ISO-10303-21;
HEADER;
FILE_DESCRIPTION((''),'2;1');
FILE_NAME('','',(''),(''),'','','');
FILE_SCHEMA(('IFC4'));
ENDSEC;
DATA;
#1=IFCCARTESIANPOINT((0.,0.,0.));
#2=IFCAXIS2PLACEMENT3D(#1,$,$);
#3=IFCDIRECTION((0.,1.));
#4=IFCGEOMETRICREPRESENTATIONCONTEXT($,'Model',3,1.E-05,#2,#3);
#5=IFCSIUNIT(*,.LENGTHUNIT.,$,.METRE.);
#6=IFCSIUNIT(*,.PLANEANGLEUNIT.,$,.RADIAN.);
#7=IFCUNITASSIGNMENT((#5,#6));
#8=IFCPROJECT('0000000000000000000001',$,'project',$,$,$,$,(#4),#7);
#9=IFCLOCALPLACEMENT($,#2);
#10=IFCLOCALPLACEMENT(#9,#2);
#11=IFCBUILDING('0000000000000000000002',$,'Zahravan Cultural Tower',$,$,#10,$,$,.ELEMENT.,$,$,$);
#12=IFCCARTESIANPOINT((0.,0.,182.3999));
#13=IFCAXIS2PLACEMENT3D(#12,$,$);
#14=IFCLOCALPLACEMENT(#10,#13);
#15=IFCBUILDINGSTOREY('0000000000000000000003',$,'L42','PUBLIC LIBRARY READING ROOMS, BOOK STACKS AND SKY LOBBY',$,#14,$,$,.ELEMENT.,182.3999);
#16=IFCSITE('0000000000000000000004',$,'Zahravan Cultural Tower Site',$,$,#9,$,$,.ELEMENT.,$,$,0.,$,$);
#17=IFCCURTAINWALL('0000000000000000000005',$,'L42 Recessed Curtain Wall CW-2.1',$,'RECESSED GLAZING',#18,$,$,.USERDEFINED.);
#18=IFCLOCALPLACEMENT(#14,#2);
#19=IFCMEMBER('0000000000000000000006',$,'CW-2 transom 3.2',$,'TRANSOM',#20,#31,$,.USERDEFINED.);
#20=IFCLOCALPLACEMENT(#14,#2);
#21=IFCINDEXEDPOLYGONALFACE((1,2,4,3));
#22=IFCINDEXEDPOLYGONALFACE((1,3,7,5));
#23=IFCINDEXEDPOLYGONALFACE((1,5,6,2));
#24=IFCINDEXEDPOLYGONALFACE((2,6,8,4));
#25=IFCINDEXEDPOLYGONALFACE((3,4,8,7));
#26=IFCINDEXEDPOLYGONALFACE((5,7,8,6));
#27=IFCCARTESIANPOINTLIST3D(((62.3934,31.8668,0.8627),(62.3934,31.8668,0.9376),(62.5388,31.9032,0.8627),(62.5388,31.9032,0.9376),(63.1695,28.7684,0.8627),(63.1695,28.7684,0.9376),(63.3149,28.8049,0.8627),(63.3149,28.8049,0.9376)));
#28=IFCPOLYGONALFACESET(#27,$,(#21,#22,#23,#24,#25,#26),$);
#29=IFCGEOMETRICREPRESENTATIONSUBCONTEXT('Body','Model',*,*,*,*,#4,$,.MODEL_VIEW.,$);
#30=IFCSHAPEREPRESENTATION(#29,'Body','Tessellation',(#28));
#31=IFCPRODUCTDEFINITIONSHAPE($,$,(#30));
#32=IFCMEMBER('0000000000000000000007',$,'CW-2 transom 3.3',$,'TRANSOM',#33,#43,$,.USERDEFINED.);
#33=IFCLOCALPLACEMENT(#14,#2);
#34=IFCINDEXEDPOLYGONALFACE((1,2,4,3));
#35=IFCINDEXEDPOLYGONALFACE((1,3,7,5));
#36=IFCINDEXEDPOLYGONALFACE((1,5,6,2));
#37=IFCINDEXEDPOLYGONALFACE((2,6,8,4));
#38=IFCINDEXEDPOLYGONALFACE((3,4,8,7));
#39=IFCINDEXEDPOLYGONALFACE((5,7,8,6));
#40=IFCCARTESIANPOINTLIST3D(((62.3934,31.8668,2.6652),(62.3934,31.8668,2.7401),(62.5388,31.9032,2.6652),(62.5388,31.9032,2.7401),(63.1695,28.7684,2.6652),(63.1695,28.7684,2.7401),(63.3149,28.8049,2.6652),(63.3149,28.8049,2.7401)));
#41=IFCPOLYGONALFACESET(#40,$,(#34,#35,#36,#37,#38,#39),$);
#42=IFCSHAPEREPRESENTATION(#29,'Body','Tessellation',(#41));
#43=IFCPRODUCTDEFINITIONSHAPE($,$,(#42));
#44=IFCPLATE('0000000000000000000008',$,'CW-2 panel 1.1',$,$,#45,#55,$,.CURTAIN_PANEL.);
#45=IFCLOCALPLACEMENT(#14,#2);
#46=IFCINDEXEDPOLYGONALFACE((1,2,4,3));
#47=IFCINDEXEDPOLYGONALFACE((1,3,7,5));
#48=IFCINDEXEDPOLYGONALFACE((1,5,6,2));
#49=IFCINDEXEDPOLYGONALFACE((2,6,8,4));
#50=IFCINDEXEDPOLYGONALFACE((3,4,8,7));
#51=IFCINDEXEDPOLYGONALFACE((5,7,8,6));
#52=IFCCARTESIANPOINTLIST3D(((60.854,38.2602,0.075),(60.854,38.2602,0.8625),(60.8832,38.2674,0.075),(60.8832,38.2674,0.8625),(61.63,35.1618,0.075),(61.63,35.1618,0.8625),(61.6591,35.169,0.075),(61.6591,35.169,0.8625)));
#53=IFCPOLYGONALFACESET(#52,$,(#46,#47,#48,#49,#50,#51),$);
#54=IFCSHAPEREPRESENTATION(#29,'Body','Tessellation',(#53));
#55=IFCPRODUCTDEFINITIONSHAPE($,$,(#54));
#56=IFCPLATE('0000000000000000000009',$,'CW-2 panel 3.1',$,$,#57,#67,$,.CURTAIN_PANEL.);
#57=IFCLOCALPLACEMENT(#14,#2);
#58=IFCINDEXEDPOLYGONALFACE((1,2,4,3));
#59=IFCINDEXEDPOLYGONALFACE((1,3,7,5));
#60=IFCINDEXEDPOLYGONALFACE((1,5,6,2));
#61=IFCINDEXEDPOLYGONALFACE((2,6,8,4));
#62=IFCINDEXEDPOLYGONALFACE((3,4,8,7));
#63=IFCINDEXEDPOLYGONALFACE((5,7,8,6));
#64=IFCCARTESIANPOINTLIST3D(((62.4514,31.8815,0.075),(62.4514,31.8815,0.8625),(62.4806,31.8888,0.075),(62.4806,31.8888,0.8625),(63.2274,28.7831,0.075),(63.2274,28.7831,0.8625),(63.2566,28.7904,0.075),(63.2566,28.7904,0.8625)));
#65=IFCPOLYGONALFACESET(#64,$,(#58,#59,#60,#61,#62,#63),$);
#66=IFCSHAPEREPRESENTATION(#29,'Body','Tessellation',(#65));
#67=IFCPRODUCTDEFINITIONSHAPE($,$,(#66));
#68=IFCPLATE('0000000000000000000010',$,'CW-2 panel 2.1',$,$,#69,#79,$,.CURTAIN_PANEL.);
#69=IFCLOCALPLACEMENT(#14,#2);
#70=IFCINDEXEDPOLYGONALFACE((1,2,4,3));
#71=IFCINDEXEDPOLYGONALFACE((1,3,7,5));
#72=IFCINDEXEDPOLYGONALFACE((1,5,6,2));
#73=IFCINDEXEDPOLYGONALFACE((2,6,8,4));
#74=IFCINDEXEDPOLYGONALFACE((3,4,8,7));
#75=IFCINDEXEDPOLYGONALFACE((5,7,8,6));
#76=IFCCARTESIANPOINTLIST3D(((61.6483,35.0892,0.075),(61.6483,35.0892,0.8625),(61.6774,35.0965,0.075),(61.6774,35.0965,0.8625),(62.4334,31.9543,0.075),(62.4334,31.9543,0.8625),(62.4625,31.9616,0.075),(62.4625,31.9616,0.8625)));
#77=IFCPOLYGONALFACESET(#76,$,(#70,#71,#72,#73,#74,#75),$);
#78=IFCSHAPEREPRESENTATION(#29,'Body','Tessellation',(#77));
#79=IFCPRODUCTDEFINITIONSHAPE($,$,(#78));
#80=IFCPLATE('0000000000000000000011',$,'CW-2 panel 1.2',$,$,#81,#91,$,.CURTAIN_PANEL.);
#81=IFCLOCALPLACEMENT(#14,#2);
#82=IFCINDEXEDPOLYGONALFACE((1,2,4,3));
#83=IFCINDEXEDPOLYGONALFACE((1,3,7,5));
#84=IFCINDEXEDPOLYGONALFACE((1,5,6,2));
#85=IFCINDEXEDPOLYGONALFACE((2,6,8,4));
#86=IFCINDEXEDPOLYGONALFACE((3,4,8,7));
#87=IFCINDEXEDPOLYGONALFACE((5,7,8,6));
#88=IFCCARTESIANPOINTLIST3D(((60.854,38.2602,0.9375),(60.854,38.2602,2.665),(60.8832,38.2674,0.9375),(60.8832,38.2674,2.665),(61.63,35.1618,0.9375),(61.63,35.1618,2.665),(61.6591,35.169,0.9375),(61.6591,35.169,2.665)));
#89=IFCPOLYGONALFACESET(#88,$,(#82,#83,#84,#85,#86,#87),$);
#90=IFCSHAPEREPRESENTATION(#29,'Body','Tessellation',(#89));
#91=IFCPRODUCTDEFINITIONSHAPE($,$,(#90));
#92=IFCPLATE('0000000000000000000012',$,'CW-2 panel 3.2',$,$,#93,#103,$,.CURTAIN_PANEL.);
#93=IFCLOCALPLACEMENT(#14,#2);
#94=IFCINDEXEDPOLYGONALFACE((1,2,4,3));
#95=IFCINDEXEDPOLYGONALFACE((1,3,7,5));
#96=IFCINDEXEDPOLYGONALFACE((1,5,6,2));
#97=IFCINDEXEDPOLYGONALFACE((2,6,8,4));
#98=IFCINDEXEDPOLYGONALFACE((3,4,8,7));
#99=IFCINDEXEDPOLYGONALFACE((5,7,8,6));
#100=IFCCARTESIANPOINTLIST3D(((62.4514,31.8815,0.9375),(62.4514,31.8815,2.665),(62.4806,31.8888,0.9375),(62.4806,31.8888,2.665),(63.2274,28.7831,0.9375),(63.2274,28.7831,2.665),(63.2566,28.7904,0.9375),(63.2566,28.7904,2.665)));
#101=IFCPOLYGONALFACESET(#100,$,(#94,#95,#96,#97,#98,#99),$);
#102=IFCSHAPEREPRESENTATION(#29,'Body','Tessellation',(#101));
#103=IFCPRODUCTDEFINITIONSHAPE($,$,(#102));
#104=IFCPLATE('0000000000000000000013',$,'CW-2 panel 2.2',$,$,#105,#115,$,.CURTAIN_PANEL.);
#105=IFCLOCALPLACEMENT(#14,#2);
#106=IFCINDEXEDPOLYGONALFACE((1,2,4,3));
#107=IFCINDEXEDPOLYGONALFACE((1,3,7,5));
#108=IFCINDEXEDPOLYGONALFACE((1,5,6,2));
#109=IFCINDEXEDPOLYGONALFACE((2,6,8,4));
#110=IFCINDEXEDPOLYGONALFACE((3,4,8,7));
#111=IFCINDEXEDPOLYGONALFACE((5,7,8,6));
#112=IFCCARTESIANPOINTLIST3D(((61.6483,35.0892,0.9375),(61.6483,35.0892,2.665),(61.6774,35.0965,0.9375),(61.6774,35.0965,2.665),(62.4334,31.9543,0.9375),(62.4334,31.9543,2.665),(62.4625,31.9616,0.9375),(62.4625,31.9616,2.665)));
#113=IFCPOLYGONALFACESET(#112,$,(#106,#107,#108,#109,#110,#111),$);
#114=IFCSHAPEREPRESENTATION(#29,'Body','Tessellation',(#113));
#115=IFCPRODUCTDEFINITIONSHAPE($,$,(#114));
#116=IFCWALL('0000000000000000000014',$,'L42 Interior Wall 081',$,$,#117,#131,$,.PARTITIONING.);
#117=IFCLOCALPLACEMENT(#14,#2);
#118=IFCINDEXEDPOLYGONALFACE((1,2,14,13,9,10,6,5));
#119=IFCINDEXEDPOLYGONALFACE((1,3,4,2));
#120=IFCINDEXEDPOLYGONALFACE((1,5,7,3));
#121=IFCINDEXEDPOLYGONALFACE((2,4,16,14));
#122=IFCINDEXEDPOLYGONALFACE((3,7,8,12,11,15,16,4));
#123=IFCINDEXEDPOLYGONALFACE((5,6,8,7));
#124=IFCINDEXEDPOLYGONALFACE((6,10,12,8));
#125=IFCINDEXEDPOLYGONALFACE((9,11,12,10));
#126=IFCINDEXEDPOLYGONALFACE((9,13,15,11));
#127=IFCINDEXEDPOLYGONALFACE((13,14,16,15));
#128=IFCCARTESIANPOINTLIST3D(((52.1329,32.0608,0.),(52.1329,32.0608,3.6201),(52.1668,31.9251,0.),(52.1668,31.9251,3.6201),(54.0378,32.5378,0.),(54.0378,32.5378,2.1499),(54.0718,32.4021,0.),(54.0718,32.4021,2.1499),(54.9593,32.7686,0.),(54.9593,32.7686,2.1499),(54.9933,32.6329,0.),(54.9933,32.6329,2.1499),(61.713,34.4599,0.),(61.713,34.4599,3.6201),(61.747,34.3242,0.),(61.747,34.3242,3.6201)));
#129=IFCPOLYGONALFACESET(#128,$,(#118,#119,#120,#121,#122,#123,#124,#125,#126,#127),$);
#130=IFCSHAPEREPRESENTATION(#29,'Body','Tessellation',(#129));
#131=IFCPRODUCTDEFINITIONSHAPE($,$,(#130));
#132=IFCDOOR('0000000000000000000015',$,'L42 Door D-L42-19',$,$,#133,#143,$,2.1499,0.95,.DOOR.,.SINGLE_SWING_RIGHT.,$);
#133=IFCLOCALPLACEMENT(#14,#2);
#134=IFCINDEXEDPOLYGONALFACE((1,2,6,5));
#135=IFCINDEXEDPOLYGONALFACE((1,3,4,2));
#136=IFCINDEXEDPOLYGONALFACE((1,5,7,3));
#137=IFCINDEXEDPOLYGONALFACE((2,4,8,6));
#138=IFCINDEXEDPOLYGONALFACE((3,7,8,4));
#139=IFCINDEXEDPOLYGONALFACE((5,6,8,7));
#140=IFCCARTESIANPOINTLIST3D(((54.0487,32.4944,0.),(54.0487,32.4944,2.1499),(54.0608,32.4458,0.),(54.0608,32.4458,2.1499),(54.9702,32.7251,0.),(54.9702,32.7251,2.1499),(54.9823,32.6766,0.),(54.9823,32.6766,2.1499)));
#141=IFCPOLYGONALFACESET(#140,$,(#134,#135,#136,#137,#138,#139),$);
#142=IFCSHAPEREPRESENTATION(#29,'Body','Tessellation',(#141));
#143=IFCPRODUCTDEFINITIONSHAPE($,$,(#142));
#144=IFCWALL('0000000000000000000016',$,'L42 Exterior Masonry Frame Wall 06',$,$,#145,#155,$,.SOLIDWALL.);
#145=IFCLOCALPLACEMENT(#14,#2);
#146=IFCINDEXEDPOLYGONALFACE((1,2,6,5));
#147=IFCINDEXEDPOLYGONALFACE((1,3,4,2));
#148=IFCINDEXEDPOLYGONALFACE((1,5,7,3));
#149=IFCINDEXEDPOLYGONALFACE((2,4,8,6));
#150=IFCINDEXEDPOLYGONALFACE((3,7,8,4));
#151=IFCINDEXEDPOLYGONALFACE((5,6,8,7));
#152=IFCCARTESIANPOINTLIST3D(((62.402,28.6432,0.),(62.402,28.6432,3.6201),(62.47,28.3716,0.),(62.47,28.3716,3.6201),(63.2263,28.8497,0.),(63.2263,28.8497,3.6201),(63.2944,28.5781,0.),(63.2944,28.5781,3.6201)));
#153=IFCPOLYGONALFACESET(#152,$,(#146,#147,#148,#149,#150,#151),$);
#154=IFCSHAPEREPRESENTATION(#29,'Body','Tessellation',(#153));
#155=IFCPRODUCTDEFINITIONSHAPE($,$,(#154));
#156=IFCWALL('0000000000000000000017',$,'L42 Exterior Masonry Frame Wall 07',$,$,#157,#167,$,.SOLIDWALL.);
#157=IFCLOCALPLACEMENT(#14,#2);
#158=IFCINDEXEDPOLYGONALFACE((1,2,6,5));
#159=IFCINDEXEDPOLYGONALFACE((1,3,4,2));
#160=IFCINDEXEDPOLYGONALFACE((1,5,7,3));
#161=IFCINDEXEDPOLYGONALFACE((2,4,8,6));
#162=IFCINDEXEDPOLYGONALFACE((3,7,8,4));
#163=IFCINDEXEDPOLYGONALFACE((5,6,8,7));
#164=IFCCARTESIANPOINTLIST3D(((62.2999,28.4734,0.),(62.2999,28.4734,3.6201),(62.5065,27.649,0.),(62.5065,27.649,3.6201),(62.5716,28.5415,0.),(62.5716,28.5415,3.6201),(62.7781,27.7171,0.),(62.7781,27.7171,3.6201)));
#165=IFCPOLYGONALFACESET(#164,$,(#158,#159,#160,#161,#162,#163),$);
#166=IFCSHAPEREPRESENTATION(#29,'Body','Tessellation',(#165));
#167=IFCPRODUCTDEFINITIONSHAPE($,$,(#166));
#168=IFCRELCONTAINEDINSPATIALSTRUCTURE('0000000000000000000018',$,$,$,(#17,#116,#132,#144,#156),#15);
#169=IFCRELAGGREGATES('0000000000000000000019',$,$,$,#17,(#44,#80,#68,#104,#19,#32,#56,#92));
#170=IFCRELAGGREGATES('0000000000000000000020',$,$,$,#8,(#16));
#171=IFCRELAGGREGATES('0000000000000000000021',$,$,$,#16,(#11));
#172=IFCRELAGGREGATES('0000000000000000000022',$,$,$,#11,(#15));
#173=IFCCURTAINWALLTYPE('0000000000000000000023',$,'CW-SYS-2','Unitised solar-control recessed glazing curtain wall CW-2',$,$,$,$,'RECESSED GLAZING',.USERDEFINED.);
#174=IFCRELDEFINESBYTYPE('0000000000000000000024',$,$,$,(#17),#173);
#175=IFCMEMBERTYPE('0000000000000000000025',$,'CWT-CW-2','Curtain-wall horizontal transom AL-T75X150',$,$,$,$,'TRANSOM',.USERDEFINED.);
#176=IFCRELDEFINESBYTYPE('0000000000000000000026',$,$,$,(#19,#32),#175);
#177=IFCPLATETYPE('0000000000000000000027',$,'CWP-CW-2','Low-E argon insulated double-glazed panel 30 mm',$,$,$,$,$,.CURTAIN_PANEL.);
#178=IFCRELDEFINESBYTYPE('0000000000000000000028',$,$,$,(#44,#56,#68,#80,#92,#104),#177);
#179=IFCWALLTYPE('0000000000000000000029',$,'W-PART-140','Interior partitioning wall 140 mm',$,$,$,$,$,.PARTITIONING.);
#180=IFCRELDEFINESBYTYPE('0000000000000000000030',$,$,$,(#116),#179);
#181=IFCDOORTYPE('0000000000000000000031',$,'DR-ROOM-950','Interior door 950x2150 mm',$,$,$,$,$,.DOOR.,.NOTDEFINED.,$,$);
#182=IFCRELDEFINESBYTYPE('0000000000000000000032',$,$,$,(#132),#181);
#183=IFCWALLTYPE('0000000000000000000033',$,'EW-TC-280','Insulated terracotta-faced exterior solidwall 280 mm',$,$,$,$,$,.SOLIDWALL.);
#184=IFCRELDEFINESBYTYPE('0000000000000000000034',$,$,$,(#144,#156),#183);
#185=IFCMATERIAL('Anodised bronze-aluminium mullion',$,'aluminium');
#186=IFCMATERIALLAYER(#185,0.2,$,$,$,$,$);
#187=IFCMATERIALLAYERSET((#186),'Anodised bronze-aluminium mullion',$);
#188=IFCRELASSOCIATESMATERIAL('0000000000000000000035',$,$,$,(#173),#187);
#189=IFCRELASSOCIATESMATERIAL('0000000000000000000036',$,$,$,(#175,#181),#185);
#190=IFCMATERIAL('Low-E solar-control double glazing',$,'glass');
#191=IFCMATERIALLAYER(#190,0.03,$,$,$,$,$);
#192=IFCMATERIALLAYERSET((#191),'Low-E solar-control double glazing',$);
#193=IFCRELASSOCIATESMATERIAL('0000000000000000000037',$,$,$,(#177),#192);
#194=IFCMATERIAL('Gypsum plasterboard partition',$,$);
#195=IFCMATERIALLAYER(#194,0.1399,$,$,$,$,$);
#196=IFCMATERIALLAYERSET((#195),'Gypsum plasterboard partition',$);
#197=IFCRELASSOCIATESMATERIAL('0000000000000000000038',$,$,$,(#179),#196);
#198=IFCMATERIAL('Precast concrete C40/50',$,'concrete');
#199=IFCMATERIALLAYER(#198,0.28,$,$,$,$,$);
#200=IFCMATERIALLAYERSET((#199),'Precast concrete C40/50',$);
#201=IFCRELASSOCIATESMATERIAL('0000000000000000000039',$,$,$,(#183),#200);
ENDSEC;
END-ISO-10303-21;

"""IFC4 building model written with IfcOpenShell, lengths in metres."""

from ifc_helpers import new_model, si_unit, direction, frame, frame_2d, origin, origin_2d, place, context, subcontext, project, spatial, rectangle, extrude, source, transform, mapped, material, layer, layer_set, material_profile, profile_set, type_object, element, fill, aggregate, save


model = new_model("IFC4")

# Units and contexts
model_context = context("Model", 3, precision=1e-05, world=origin(), true_north=direction((0.0, 1.0)))
body_context = subcontext(model_context, "Body", "Model", "MODEL_VIEW")
ifc_project = project(units=[si_unit("LENGTHUNIT", "METRE"), si_unit("PLANEANGLEUNIT", "RADIAN")], contexts=[model_context])

# Site, building, storey
site_placement = place(None, origin())
site = spatial("IfcSite", under=ifc_project, at=site_placement, Name="Zahravan Cultural Tower Site", CompositionType="ELEMENT", RefElevation=0.0)
building_placement = place(site_placement, origin())
building = spatial("IfcBuilding", under=site, at=building_placement, Name="Zahravan Cultural Tower", CompositionType="ELEMENT")
storey_placement = place(building_placement, frame((0.0, 0.0, 182.3999)))
storey = spatial("IfcBuildingStorey", under=building, at=storey_placement, Name="L42", Description="PUBLIC LIBRARY READING ROOMS, BOOK STACKS AND SKY LOBBY", CompositionType="ELEMENT", Elevation=182.3999)

# Curtain wall, members, plates
ifc_material_1 = material(Name="Anodised bronze-aluminium mullion", Category="aluminium")
ifc_layer_1 = layer(ifc_material_1, 0.2)
ifc_layer_set_1 = layer_set([ifc_layer_1], Name="Anodised bronze-aluminium mullion")
curtain_wall_type = type_object("IfcCurtainWallType", Name="CW-SYS-2", Description="Unitised solar-control recessed glazing curtain wall CW-2", ElementType="RECESSED GLAZING", PredefinedType="USERDEFINED", material=ifc_layer_set_1)
curtain_wall_placement = place(storey_placement, origin())
curtain_wall = element("IfcCurtainWall", 1, at=curtain_wall_placement, inside=storey, type_object=curtain_wall_type, Name="L42 Recessed Curtain Wall CW-2.1", ObjectType="RECESSED GLAZING", PredefinedType="USERDEFINED")
ifc_material_profile_1 = material_profile(ifc_material_1, rectangle(XDim=0.1499, YDim=0.075, at=origin_2d()), Name="AL-T75X150")
ifc_profile_set_1 = profile_set([ifc_material_profile_1], Name="Anodised bronze-aluminium mullion")
member_type_1 = type_object("IfcMemberType", Name="CWT-CW-2", Description="Curtain-wall horizontal transom AL-T75X150", ElementType="TRANSOM", PredefinedType="USERDEFINED", material=ifc_profile_set_1)
shared_shape_1 = source(origin(), body_context, "Body", "SweptSolid", [
    extrude(rectangle(XDim=0.1499, YDim=0.075, at=origin_2d()), origin(), (0.0, 0.0, 1.0), 3.1941),
])
member_1_placement = place(storey_placement, frame((62.4661, 31.885, 0.9001), z_axis=(0.242985, -0.97003, 0.0), x_axis=(0.97003, 0.242985, 0.0)))
member_1 = element("IfcMember", 2, at=member_1_placement, type_object=member_type_1, Name="CW-2 transom 3.2", ObjectType="TRANSOM", PredefinedType="USERDEFINED", context=body_context, shape_type="MappedRepresentation", body=[
    mapped(shared_shape_1, transform((0.0, 0.0, 0.0), x_axis=(1.0, 0.0, 0.0), y_axis=(0.0, 1.0, 0.0), z_axis=(0.0, 0.0, 1.0), scale=1.0)),
])
member_2_placement = place(storey_placement, frame((62.4661, 31.885, 2.7026), z_axis=(0.242985, -0.97003, 0.0), x_axis=(0.97003, 0.242985, 0.0)))
member_2 = element("IfcMember", 3, at=member_2_placement, type_object=member_type_1, Name="CW-2 transom 3.3", ObjectType="TRANSOM", PredefinedType="USERDEFINED", context=body_context, shape_type="MappedRepresentation", body=[
    mapped(shared_shape_1, transform((0.0, 0.0, 0.0), x_axis=(1.0, 0.0, 0.0), y_axis=(0.0, 1.0, 0.0), z_axis=(0.0, 0.0, 1.0), scale=1.0)),
])
ifc_material_2 = material(Name="Low-E solar-control double glazing", Category="glass")
ifc_layer_2 = layer(ifc_material_2, 0.03)
ifc_layer_set_2 = layer_set([ifc_layer_2], Name="Low-E solar-control double glazing")
plate_type = type_object("IfcPlateType", Name="CWP-CW-2", Description="Low-E argon insulated double-glazed panel 30 mm", PredefinedType="CURTAIN_PANEL", material=ifc_layer_set_2)
shared_shape_2 = source(origin(), body_context, "Body", "SweptSolid", [
    extrude(rectangle(XDim=3.1941, YDim=0.03, at=origin_2d()), origin(), (0.0, 0.0, 1.0), 0.7876),
])
plate_1_placement = place(storey_placement, frame((61.2566, 36.7146, 0.075), z_axis=(0.0, 0.0, 1.0), x_axis=(0.242944, -0.97004, 0.0)))
plate_1 = element("IfcPlate", 4, at=plate_1_placement, type_object=plate_type, Name="CW-2 panel 1.1", PredefinedType="CURTAIN_PANEL", context=body_context, shape_type="MappedRepresentation", body=[
    mapped(shared_shape_2, transform((0.0, 0.0, 0.0), x_axis=(1.0, 0.0, 0.0), y_axis=(0.0, 1.0, 0.0), z_axis=(0.0, 0.0, 1.0), scale=1.0)),
])
plate_2_placement = place(storey_placement, frame((62.854, 30.3359, 0.075), z_axis=(0.0, 0.0, 1.0), x_axis=(0.242944, -0.97004, 0.0)))
plate_2 = element("IfcPlate", 5, at=plate_2_placement, type_object=plate_type, Name="CW-2 panel 3.1", PredefinedType="CURTAIN_PANEL", context=body_context, shape_type="MappedRepresentation", body=[
    mapped(shared_shape_2, transform((0.0, 0.0, 0.0), x_axis=(1.0, 0.0, 0.0), y_axis=(0.0, 1.0, 0.0), z_axis=(0.0, 0.0, 1.0), scale=1.0)),
])
shared_shape_3 = source(origin(), body_context, "Body", "SweptSolid", [
    extrude(rectangle(XDim=3.2317, YDim=0.03, at=origin_2d()), origin(), (0.0, 0.0, 1.0), 0.7876),
])
plate_3_placement = place(storey_placement, frame((62.0554, 33.5254, 0.075), z_axis=(0.0, 0.0, 1.0), x_axis=(0.242944, -0.97004, 0.0)))
plate_3 = element("IfcPlate", 6, at=plate_3_placement, type_object=plate_type, Name="CW-2 panel 2.1", PredefinedType="CURTAIN_PANEL", context=body_context, shape_type="MappedRepresentation", body=[
    mapped(shared_shape_3, transform((0.0, 0.0, 0.0), x_axis=(1.0, 0.0, 0.0), y_axis=(0.0, 1.0, 0.0), z_axis=(0.0, 0.0, 1.0), scale=1.0)),
])
shared_shape_4 = source(origin(), body_context, "Body", "SweptSolid", [
    extrude(rectangle(XDim=3.1941, YDim=0.03, at=origin_2d()), origin(), (0.0, 0.0, 1.0), 1.7275),
])
plate_4_placement = place(storey_placement, frame((61.2566, 36.7146, 0.9375), z_axis=(0.0, 0.0, 1.0), x_axis=(0.242944, -0.97004, 0.0)))
plate_4 = element("IfcPlate", 7, at=plate_4_placement, type_object=plate_type, Name="CW-2 panel 1.2", PredefinedType="CURTAIN_PANEL", context=body_context, shape_type="MappedRepresentation", body=[
    mapped(shared_shape_4, transform((0.0, 0.0, 0.0), x_axis=(1.0, 0.0, 0.0), y_axis=(0.0, 1.0, 0.0), z_axis=(0.0, 0.0, 1.0), scale=1.0)),
])
plate_5_placement = place(storey_placement, frame((62.854, 30.3359, 0.9375), z_axis=(0.0, 0.0, 1.0), x_axis=(0.242944, -0.97004, 0.0)))
plate_5 = element("IfcPlate", 8, at=plate_5_placement, type_object=plate_type, Name="CW-2 panel 3.2", PredefinedType="CURTAIN_PANEL", context=body_context, shape_type="MappedRepresentation", body=[
    mapped(shared_shape_4, transform((0.0, 0.0, 0.0), x_axis=(1.0, 0.0, 0.0), y_axis=(0.0, 1.0, 0.0), z_axis=(0.0, 0.0, 1.0), scale=1.0)),
])
shared_shape_5 = source(origin(), body_context, "Body", "SweptSolid", [
    extrude(rectangle(XDim=3.2317, YDim=0.03, at=origin_2d()), origin(), (0.0, 0.0, 1.0), 1.7275),
])
plate_6_placement = place(storey_placement, frame((62.0554, 33.5254, 0.9375), z_axis=(0.0, 0.0, 1.0), x_axis=(0.242944, -0.97004, 0.0)))
plate_6 = element("IfcPlate", 9, at=plate_6_placement, type_object=plate_type, Name="CW-2 panel 2.2", PredefinedType="CURTAIN_PANEL", context=body_context, shape_type="MappedRepresentation", body=[
    mapped(shared_shape_5, transform((0.0, 0.0, 0.0), x_axis=(1.0, 0.0, 0.0), y_axis=(0.0, 1.0, 0.0), z_axis=(0.0, 0.0, 1.0), scale=1.0)),
])
aggregate(curtain_wall, [plate_1, plate_4, plate_3, plate_6, member_1, member_2, plate_2, plate_5])

# Wall, opening, door
ifc_material_3 = material(Name="Gypsum plasterboard partition")
ifc_layer_3 = layer(ifc_material_3, 0.1399)
ifc_layer_set_3 = layer_set([ifc_layer_3], Name="Gypsum plasterboard partition")
wall_type_1 = type_object("IfcWallType", Name="W-PART-140", Description="Interior partitioning wall 140 mm", PredefinedType="PARTITIONING", material=ifc_layer_set_3)
wall_placement = place(storey_placement, frame((61.73, 34.3921, 0.0), z_axis=(0.0, 0.0, 1.0), x_axis=(-0.970044, -0.242931, 0.0)))
wall = element("IfcWall", 10, at=wall_placement, inside=storey, type_object=wall_type_1, Name="L42 Interior Wall 081", PredefinedType="PARTITIONING", context=body_context, shape_type="SweptSolid", body=[
    extrude(rectangle(XDim=9.876, YDim=0.1399, at=frame_2d((4.938, 0.0))), origin(), (0.0, 0.0, 1.0), 3.6201),
])
opening_placement = place(wall_placement, frame((6.9622, 0.0, 0.0)))
opening = element("IfcOpeningElement", 11, at=opening_placement, cuts=wall, PredefinedType="OPENING", context=body_context, shape_type="SweptSolid", body=[
    extrude(rectangle(XDim=0.95, YDim=2.1499, at=frame_2d((0.4751, 1.075))), frame((0.0, 0.0798, 0.0), z_axis=(0.0, -1.0, 0.0), x_axis=(1.0, 0.0, 0.0)), (0.0, 0.0, 1.0), 0.1599),
])
door_type = type_object("IfcDoorType", Name="DR-ROOM-950", Description="Interior door 950x2150 mm", OperationType="NOTDEFINED", PredefinedType="DOOR", material=ifc_material_1)
shared_shape_6 = source(origin(), body_context, "Body", "SweptSolid", [
    extrude(rectangle(XDim=0.95, YDim=2.1499, at=frame_2d((0.4751, 1.075))), frame((0.0, 0.0249, 0.0), z_axis=(0.0, -1.0, 0.0), x_axis=(1.0, 0.0, 0.0)), (0.0, 0.0, 1.0), 0.05),
])
door_placement = place(opening_placement, origin())
door = element("IfcDoor", 12, at=door_placement, inside=storey, type_object=door_type, Name="L42 Door D-L42-19", OperationType="SINGLE_SWING_RIGHT", OverallHeight=2.1499, OverallWidth=0.95, PredefinedType="DOOR", context=body_context, shape_type="MappedRepresentation", body=[
    mapped(shared_shape_6, transform((0.0, 0.0, 0.0), x_axis=(1.0, 0.0, 0.0), y_axis=(0.0, 1.0, 0.0), z_axis=(0.0, 0.0, 1.0), scale=1.0)),
])
fill(opening, door)

# Walls
ifc_material_4 = material(Name="Precast concrete C40/50", Category="concrete")
ifc_layer_4 = layer(ifc_material_4, 0.28)
ifc_layer_set_4 = layer_set([ifc_layer_4], Name="Precast concrete C40/50")
wall_type_2 = type_object("IfcWallType", Name="EW-TC-280", Description="Insulated terracotta-faced exterior solidwall 280 mm", PredefinedType="SOLIDWALL", material=ifc_layer_set_4)
shared_shape_7 = source(origin(), body_context, "Body", "SweptSolid", [
    extrude(rectangle(XDim=0.8499, YDim=0.28, at=frame_2d((0.4248, 0.0))), origin(), (0.0, 0.0, 1.0), 3.6201),
])
for number, where, z_axis, x_axis, name in (
    (13, (63.2603, 28.7139, 0.0), (0.0, 0.0, 1.0), (-0.970024, -0.243009, 0.0), "L42 Exterior Masonry Frame Wall 06"),
    (14, (62.4358, 28.5073, 0.0), (0.0, 0.0, 1.0), (0.243009, -0.970024, 0.0), "L42 Exterior Masonry Frame Wall 07"),
):
    element("IfcWall", number, at=place(storey_placement, frame(where, z_axis=z_axis, x_axis=x_axis)), inside=storey, type_object=wall_type_2, Name=name, PredefinedType="SOLIDWALL", context=body_context, shape_type="MappedRepresentation", body=[
        mapped(shared_shape_7, transform((0.0, 0.0, 0.0), x_axis=(1.0, 0.0, 0.0), y_axis=(0.0, 1.0, 0.0), z_axis=(0.0, 0.0, 1.0), scale=1.0)),
    ])

save(model, "model.ifc")
